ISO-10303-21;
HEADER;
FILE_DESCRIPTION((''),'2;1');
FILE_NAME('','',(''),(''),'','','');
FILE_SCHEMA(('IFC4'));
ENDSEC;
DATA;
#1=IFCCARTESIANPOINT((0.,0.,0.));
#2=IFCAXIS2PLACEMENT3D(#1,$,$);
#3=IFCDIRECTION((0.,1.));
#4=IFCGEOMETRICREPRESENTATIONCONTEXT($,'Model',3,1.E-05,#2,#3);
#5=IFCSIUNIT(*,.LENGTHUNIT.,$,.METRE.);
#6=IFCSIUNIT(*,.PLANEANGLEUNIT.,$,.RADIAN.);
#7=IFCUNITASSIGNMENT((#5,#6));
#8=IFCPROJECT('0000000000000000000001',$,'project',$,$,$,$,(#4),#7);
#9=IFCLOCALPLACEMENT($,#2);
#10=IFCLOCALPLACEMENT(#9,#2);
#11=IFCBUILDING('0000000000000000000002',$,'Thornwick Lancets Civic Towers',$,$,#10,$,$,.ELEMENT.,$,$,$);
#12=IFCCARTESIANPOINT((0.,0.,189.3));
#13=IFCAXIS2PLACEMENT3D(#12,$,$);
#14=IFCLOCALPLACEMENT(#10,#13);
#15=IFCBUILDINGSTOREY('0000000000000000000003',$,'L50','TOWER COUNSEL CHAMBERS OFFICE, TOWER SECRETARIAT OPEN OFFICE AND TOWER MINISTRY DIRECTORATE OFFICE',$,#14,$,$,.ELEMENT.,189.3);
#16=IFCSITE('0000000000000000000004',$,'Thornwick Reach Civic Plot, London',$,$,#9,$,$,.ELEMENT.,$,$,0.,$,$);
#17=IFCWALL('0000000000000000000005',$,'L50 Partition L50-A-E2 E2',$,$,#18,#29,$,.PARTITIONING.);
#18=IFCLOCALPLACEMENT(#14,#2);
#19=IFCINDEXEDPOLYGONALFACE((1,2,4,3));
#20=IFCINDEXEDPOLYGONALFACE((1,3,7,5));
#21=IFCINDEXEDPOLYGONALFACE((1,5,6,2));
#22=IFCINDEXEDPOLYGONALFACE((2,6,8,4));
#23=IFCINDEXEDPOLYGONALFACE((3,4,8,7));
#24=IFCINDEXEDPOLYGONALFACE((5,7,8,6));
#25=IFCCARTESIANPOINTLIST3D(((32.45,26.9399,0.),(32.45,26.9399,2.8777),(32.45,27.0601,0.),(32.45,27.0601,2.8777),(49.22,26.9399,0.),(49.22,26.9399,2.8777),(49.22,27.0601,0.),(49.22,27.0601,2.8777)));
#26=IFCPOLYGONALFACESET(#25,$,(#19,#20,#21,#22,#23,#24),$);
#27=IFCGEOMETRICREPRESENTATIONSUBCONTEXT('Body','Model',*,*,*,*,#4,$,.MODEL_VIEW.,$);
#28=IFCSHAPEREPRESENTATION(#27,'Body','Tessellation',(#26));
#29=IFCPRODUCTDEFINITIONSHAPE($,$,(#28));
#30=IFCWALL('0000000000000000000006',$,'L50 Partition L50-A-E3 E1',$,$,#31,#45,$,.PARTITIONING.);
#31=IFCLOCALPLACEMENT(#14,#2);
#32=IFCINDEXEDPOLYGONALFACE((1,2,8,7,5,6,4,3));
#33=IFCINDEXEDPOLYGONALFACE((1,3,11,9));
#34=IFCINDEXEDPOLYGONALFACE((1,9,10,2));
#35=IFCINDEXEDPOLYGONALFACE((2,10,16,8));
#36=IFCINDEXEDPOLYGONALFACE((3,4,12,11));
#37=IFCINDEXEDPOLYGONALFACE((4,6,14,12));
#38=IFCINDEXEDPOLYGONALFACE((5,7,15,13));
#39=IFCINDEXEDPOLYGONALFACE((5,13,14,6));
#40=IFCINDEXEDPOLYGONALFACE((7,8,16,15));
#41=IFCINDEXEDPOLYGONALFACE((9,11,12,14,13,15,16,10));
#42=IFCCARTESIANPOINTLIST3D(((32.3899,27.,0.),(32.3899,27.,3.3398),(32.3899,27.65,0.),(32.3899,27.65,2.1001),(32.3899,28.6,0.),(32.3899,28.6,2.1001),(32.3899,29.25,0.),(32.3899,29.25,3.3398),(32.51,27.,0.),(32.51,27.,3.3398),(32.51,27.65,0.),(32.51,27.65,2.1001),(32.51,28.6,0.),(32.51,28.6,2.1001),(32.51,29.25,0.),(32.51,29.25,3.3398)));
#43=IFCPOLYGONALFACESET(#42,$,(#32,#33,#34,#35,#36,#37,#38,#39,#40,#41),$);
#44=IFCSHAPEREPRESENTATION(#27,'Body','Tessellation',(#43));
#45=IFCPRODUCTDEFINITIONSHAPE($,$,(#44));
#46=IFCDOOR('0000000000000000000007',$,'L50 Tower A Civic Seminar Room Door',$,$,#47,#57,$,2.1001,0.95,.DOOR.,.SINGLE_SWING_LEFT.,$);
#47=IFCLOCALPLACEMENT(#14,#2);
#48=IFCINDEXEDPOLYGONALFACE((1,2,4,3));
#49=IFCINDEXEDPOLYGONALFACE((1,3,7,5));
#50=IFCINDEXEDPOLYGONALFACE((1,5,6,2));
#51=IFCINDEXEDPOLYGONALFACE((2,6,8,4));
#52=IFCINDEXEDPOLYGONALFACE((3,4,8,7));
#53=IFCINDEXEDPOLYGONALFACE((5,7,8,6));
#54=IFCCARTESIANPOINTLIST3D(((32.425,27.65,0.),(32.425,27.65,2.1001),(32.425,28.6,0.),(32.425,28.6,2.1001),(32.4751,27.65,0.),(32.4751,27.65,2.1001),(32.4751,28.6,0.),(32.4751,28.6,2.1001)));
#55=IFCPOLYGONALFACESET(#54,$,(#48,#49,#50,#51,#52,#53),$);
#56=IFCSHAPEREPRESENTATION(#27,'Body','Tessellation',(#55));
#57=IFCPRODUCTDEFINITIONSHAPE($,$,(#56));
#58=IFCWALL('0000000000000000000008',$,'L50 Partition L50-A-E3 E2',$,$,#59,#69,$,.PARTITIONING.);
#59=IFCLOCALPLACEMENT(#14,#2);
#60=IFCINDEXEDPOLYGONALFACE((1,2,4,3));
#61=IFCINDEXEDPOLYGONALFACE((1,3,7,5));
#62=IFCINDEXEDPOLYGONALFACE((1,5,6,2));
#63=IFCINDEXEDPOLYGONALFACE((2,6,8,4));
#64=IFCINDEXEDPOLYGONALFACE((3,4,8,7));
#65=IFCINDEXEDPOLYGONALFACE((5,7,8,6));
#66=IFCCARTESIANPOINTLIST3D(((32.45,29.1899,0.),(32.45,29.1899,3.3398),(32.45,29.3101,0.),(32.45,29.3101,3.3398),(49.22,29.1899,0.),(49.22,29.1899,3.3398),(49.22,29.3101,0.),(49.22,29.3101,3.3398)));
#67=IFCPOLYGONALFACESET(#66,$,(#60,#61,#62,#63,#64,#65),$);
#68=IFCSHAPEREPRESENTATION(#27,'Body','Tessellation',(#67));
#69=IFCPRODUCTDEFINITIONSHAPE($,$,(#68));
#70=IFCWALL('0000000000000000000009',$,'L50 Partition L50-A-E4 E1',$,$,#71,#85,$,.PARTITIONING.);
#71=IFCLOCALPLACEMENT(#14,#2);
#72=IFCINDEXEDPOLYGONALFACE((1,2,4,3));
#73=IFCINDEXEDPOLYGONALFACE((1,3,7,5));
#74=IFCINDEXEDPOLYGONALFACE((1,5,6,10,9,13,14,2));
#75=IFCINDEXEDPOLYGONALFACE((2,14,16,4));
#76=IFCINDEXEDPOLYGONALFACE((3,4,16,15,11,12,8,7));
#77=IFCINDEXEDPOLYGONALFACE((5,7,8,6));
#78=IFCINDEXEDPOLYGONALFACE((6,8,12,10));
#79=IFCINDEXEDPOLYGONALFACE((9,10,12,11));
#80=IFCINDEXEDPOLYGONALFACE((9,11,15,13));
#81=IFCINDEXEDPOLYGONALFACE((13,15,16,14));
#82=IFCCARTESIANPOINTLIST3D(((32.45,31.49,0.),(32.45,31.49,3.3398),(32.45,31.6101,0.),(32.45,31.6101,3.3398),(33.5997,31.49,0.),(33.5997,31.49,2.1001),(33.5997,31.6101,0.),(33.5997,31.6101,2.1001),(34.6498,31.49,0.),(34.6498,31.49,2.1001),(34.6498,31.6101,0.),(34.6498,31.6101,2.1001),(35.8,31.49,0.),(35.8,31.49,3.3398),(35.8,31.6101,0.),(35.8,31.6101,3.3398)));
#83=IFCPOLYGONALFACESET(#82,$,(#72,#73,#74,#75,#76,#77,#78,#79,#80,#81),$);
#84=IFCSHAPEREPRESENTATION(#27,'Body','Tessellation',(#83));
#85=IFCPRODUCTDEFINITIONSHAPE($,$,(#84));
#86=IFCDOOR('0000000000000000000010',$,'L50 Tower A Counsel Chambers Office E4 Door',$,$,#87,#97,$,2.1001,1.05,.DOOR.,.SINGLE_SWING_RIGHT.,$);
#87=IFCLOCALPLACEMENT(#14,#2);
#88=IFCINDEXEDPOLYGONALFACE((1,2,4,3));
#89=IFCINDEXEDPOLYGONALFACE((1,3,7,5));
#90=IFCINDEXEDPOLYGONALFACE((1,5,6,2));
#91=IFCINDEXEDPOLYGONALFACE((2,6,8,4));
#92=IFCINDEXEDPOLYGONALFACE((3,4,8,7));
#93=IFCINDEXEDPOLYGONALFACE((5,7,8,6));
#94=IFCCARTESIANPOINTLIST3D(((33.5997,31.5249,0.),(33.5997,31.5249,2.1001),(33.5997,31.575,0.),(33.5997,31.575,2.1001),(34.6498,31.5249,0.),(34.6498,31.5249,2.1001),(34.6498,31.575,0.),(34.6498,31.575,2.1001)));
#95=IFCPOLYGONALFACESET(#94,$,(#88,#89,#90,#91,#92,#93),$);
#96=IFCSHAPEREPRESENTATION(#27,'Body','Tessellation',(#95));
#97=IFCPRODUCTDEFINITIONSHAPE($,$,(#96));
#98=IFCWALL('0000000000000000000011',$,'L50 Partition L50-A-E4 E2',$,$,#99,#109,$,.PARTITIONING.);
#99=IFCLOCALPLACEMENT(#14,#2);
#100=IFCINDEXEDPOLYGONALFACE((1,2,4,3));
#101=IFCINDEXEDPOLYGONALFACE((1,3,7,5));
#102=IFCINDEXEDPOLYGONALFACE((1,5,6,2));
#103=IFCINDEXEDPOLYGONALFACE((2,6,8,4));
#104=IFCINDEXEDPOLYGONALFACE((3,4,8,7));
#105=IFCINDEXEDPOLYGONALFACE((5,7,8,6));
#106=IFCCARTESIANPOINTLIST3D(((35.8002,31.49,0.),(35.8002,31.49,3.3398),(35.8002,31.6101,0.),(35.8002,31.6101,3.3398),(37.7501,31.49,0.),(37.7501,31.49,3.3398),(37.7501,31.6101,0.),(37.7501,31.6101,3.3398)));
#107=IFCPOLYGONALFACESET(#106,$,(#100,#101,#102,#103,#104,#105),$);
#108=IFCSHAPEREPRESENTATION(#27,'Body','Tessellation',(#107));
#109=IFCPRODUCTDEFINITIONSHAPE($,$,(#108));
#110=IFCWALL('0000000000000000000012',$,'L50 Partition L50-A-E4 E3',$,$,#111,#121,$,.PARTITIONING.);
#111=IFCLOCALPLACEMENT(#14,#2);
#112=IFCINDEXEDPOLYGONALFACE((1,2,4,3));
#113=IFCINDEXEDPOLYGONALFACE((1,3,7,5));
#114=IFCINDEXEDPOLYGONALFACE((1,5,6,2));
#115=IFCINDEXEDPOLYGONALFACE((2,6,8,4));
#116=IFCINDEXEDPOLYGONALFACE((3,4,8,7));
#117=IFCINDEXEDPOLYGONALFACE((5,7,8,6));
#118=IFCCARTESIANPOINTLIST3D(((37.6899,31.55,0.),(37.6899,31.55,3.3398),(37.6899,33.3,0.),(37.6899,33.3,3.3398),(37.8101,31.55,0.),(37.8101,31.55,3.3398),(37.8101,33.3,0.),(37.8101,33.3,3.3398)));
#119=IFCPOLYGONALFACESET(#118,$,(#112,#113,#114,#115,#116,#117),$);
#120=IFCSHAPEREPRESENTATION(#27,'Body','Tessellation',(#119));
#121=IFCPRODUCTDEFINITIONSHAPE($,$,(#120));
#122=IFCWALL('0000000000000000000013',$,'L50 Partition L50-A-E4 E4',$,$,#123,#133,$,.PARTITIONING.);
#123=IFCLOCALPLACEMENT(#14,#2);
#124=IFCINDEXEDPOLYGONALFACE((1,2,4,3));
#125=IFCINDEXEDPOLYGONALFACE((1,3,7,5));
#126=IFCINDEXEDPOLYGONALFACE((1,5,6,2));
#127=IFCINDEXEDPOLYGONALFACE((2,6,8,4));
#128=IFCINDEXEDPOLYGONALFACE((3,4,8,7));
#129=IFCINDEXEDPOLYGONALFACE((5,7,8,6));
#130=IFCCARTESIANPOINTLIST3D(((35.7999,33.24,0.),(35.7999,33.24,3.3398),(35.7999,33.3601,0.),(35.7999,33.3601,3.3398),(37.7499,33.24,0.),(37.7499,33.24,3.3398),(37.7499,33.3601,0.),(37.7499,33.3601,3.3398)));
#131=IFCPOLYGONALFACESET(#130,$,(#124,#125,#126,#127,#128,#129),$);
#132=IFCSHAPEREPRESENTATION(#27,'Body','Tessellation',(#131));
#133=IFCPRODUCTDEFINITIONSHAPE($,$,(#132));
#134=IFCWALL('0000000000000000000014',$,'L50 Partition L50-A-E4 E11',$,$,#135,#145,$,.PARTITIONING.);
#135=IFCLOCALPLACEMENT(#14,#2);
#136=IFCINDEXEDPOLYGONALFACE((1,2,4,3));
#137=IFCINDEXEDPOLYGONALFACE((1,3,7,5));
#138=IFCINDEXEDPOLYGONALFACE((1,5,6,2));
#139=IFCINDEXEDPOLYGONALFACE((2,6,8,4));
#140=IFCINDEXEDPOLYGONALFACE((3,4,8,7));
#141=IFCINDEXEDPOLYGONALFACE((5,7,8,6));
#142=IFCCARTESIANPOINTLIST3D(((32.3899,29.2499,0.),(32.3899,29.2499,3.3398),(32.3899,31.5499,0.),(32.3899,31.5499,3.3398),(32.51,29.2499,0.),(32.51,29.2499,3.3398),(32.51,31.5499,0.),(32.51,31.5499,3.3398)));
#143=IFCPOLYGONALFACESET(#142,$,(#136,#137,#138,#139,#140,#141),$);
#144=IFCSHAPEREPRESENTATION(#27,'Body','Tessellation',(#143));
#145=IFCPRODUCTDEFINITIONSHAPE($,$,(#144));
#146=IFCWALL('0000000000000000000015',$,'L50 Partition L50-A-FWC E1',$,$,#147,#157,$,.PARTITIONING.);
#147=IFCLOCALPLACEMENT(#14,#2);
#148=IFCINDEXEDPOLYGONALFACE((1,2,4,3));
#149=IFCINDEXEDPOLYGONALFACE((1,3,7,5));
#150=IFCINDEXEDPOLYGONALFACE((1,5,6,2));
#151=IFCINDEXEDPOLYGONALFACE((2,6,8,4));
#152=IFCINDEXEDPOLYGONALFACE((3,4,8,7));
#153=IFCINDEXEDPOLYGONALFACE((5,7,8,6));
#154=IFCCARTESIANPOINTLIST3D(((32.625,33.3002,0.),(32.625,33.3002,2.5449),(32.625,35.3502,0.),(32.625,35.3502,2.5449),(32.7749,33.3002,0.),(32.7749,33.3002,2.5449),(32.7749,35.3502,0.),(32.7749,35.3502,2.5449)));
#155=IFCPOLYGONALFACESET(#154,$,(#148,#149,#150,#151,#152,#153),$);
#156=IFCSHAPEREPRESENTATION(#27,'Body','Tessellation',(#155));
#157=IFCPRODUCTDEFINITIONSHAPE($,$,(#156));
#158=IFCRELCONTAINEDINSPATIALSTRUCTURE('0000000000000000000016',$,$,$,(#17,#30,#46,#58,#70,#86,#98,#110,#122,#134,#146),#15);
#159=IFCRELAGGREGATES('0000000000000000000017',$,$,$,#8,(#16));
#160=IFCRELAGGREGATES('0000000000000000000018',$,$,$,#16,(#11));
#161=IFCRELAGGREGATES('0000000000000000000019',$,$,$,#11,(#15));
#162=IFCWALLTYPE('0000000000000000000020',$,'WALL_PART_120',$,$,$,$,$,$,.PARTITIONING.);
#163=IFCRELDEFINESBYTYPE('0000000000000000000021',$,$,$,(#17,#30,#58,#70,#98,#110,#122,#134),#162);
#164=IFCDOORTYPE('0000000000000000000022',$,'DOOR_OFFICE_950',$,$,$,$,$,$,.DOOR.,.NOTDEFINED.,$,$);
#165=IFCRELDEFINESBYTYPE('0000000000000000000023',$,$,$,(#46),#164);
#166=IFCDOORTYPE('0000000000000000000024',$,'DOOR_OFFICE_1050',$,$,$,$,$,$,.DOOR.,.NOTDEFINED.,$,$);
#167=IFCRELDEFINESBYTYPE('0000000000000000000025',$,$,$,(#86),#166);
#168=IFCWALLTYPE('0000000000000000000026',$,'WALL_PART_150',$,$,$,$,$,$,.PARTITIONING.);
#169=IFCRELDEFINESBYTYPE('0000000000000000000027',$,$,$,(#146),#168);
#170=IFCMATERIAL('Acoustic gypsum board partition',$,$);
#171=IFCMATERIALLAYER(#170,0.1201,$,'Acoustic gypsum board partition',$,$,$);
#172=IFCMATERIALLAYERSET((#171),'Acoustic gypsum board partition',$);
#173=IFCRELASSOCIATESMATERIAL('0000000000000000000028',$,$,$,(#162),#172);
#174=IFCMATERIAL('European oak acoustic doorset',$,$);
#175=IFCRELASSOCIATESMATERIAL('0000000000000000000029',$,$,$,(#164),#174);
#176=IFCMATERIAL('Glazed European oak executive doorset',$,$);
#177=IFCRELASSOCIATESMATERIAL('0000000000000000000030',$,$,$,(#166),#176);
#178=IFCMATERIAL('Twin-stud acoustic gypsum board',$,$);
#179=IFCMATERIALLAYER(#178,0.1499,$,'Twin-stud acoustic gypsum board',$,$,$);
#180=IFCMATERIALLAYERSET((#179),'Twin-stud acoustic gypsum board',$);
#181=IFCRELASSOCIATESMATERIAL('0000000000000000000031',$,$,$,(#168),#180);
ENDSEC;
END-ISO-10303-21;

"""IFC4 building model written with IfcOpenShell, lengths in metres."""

from ifc_helpers import new_model, si_unit, direction, frame, frame_2d, origin, place, context, subcontext, project, spatial, rectangle, extrude, material, layer, layer_set, type_object, element, fill, save


model = new_model("IFC4")

# Units and contexts
model_context = context("Model", 3, precision=1e-05, world=origin(), true_north=direction((0.0, 1.0)))
body_context = subcontext(model_context, "Body", "Model", "MODEL_VIEW")
ifc_project = project(units=[si_unit("LENGTHUNIT", "METRE"), si_unit("PLANEANGLEUNIT", "RADIAN")], contexts=[model_context])

# Site, building, storey
site_placement = place(None, origin())
site = spatial("IfcSite", under=ifc_project, at=site_placement, Name="Thornwick Reach Civic Plot, London", CompositionType="ELEMENT", RefElevation=0.0)
building_placement = place(site_placement, origin())
building = spatial("IfcBuilding", under=site, at=building_placement, Name="Thornwick Lancets Civic Towers", CompositionType="ELEMENT")
storey_placement = place(building_placement, frame((0.0, 0.0, 189.3)))
storey = spatial("IfcBuildingStorey", under=building, at=storey_placement, Name="L50", Description="TOWER COUNSEL CHAMBERS OFFICE, TOWER SECRETARIAT OPEN OFFICE AND TOWER MINISTRY DIRECTORATE OFFICE", CompositionType="ELEMENT", Elevation=189.3)

# Wall
ifc_material_1 = material(Name="Acoustic gypsum board partition")
ifc_layer_1 = layer(ifc_material_1, 0.1201, Name="Acoustic gypsum board partition")
ifc_layer_set_1 = layer_set([ifc_layer_1], Name="Acoustic gypsum board partition")
wall_type_1 = type_object("IfcWallType", Name="WALL_PART_120", PredefinedType="PARTITIONING", material=ifc_layer_set_1)
wall_1_placement = place(storey_placement, frame((32.45, 27.0, 0.0), z_axis=(0.0, 0.0, 1.0), x_axis=(1.0, 0.0, 0.0)))
element("IfcWall", 1, at=wall_1_placement, inside=storey, type_object=wall_type_1, Name="L50 Partition L50-A-E2 E2", PredefinedType="PARTITIONING", context=body_context, shape_type="SweptSolid", body=[
    extrude(rectangle(XDim=16.77, YDim=0.1201, at=frame_2d((8.385, 0.0))), origin(), (0.0, 0.0, 1.0), 2.8777),
])

# Wall, opening, door
wall_2_placement = place(storey_placement, frame((32.45, 27.0, 0.0), z_axis=(0.0, 0.0, 1.0), x_axis=(0.0, 1.0, 0.0)))
wall_2 = element("IfcWall", 2, at=wall_2_placement, inside=storey, type_object=wall_type_1, Name="L50 Partition L50-A-E3 E1", PredefinedType="PARTITIONING", context=body_context, shape_type="SweptSolid", body=[
    extrude(rectangle(XDim=2.25, YDim=0.1201, at=frame_2d((1.125, 0.0))), origin(), (0.0, 0.0, 1.0), 3.3398),
])
opening_1_placement = place(wall_2_placement, frame((0.6499, 0.0, 0.0)))
opening_1 = element("IfcOpeningElement", 3, at=opening_1_placement, cuts=wall_2, PredefinedType="OPENING", context=body_context, shape_type="SweptSolid", body=[
    extrude(rectangle(XDim=0.95, YDim=2.1001, at=frame_2d((0.4751, 1.05))), frame((0.0, 0.0701, 0.0), z_axis=(0.0, -1.0, 0.0), x_axis=(1.0, 0.0, 0.0)), (0.0, 0.0, 1.0), 0.1401),
])
ifc_material_2 = material(Name="European oak acoustic doorset")
door_type_1 = type_object("IfcDoorType", Name="DOOR_OFFICE_950", OperationType="NOTDEFINED", PredefinedType="DOOR", material=ifc_material_2)
door_1_placement = place(opening_1_placement, origin())
door_1 = element("IfcDoor", 4, at=door_1_placement, inside=storey, type_object=door_type_1, Name="L50 Tower A Civic Seminar Room Door", OperationType="SINGLE_SWING_LEFT", OverallHeight=2.1001, OverallWidth=0.95, PredefinedType="DOOR", context=body_context, shape_type="SweptSolid", body=[
    extrude(rectangle(XDim=0.95, YDim=2.1001, at=frame_2d((0.4751, 1.05))), frame((0.0, 0.0249, 0.0), z_axis=(0.0, -1.0, 0.0), x_axis=(1.0, 0.0, 0.0)), (0.0, 0.0, 1.0), 0.05),
])
fill(opening_1, door_1)

# Wall
wall_3_placement = place(storey_placement, frame((32.45, 29.25, 0.0), z_axis=(0.0, 0.0, 1.0), x_axis=(1.0, 0.0, 0.0)))
element("IfcWall", 5, at=wall_3_placement, inside=storey, type_object=wall_type_1, Name="L50 Partition L50-A-E3 E2", PredefinedType="PARTITIONING", context=body_context, shape_type="SweptSolid", body=[
    extrude(rectangle(XDim=16.77, YDim=0.1201, at=frame_2d((8.385, 0.0))), origin(), (0.0, 0.0, 1.0), 3.3398),
])

# Wall, opening, door
wall_4_placement = place(storey_placement, frame((32.45, 31.55, 0.0), z_axis=(0.0, 0.0, 1.0), x_axis=(1.0, 0.0, 0.0)))
wall_4 = element("IfcWall", 6, at=wall_4_placement, inside=storey, type_object=wall_type_1, Name="L50 Partition L50-A-E4 E1", PredefinedType="PARTITIONING", context=body_context, shape_type="SweptSolid", body=[
    extrude(rectangle(XDim=3.3501, YDim=0.1201, at=frame_2d((1.675, 0.0))), origin(), (0.0, 0.0, 1.0), 3.3398),
])
opening_2_placement = place(wall_4_placement, frame((1.1499, 0.0, 0.0)))
opening_2 = element("IfcOpeningElement", 7, at=opening_2_placement, cuts=wall_4, PredefinedType="OPENING", context=body_context, shape_type="SweptSolid", body=[
    extrude(rectangle(XDim=1.05, YDim=2.1001, at=frame_2d((0.5249, 1.05))), frame((0.0, 0.0701, 0.0), z_axis=(0.0, -1.0, 0.0), x_axis=(1.0, 0.0, 0.0)), (0.0, 0.0, 1.0), 0.1401),
])
ifc_material_3 = material(Name="Glazed European oak executive doorset")
door_type_2 = type_object("IfcDoorType", Name="DOOR_OFFICE_1050", OperationType="NOTDEFINED", PredefinedType="DOOR", material=ifc_material_3)
door_2_placement = place(opening_2_placement, origin())
door_2 = element("IfcDoor", 8, at=door_2_placement, inside=storey, type_object=door_type_2, Name="L50 Tower A Counsel Chambers Office E4 Door", OperationType="SINGLE_SWING_RIGHT", OverallHeight=2.1001, OverallWidth=1.05, PredefinedType="DOOR", context=body_context, shape_type="SweptSolid", body=[
    extrude(rectangle(XDim=1.05, YDim=2.1001, at=frame_2d((0.5249, 1.05))), frame((0.0, 0.0249, 0.0), z_axis=(0.0, -1.0, 0.0), x_axis=(1.0, 0.0, 0.0)), (0.0, 0.0, 1.0), 0.05),
])
fill(opening_2, door_2)

# Walls
wall_5_placement = place(storey_placement, frame((35.8, 31.55, 0.0), z_axis=(0.0, 0.0, 1.0), x_axis=(1.0, 0.0, 0.0)))
element("IfcWall", 9, at=wall_5_placement, inside=storey, type_object=wall_type_1, Name="L50 Partition L50-A-E4 E2", PredefinedType="PARTITIONING", context=body_context, shape_type="SweptSolid", body=[
    extrude(rectangle(XDim=1.95, YDim=0.1201, at=frame_2d((0.9751, 0.0))), origin(), (0.0, 0.0, 1.0), 3.3398),
])
wall_6_placement = place(storey_placement, frame((37.75, 31.55, 0.0), z_axis=(0.0, 0.0, 1.0), x_axis=(0.0, 1.0, 0.0)))
element("IfcWall", 10, at=wall_6_placement, inside=storey, type_object=wall_type_1, Name="L50 Partition L50-A-E4 E3", PredefinedType="PARTITIONING", context=body_context, shape_type="SweptSolid", body=[
    extrude(rectangle(XDim=1.75, YDim=0.1201, at=frame_2d((0.875, 0.0))), origin(), (0.0, 0.0, 1.0), 3.3398),
])
wall_7_placement = place(storey_placement, frame((37.75, 33.3, 0.0), z_axis=(0.0, 0.0, 1.0), x_axis=(-1.0, 0.0, 0.0)))
element("IfcWall", 11, at=wall_7_placement, inside=storey, type_object=wall_type_1, Name="L50 Partition L50-A-E4 E4", PredefinedType="PARTITIONING", context=body_context, shape_type="SweptSolid", body=[
    extrude(rectangle(XDim=1.95, YDim=0.1201, at=frame_2d((0.9751, 0.0))), origin(), (0.0, 0.0, 1.0), 3.3398),
])
wall_8_placement = place(storey_placement, frame((32.45, 29.25, 0.0), z_axis=(0.0, 0.0, 1.0), x_axis=(0.0, 1.0, 0.0)))
element("IfcWall", 12, at=wall_8_placement, inside=storey, type_object=wall_type_1, Name="L50 Partition L50-A-E4 E11", PredefinedType="PARTITIONING", context=body_context, shape_type="SweptSolid", body=[
    extrude(rectangle(XDim=2.3, YDim=0.1201, at=frame_2d((1.1499, 0.0))), origin(), (0.0, 0.0, 1.0), 3.3398),
])
ifc_material_4 = material(Name="Twin-stud acoustic gypsum board")
ifc_layer_2 = layer(ifc_material_4, 0.1499, Name="Twin-stud acoustic gypsum board")
ifc_layer_set_2 = layer_set([ifc_layer_2], Name="Twin-stud acoustic gypsum board")
wall_type_2 = type_object("IfcWallType", Name="WALL_PART_150", PredefinedType="PARTITIONING", material=ifc_layer_set_2)
wall_9_placement = place(storey_placement, frame((32.7, 35.3501, 0.0), z_axis=(0.0, 0.0, 1.0), x_axis=(0.0, -1.0, 0.0)))
element("IfcWall", 13, at=wall_9_placement, inside=storey, type_object=wall_type_2, Name="L50 Partition L50-A-FWC E1", PredefinedType="PARTITIONING", context=body_context, shape_type="SweptSolid", body=[
    extrude(rectangle(XDim=2.05, YDim=0.1499, at=frame_2d((1.0249, 0.0))), origin(), (0.0, 0.0, 1.0), 2.5449),
])

save(model, "model.ifc")
